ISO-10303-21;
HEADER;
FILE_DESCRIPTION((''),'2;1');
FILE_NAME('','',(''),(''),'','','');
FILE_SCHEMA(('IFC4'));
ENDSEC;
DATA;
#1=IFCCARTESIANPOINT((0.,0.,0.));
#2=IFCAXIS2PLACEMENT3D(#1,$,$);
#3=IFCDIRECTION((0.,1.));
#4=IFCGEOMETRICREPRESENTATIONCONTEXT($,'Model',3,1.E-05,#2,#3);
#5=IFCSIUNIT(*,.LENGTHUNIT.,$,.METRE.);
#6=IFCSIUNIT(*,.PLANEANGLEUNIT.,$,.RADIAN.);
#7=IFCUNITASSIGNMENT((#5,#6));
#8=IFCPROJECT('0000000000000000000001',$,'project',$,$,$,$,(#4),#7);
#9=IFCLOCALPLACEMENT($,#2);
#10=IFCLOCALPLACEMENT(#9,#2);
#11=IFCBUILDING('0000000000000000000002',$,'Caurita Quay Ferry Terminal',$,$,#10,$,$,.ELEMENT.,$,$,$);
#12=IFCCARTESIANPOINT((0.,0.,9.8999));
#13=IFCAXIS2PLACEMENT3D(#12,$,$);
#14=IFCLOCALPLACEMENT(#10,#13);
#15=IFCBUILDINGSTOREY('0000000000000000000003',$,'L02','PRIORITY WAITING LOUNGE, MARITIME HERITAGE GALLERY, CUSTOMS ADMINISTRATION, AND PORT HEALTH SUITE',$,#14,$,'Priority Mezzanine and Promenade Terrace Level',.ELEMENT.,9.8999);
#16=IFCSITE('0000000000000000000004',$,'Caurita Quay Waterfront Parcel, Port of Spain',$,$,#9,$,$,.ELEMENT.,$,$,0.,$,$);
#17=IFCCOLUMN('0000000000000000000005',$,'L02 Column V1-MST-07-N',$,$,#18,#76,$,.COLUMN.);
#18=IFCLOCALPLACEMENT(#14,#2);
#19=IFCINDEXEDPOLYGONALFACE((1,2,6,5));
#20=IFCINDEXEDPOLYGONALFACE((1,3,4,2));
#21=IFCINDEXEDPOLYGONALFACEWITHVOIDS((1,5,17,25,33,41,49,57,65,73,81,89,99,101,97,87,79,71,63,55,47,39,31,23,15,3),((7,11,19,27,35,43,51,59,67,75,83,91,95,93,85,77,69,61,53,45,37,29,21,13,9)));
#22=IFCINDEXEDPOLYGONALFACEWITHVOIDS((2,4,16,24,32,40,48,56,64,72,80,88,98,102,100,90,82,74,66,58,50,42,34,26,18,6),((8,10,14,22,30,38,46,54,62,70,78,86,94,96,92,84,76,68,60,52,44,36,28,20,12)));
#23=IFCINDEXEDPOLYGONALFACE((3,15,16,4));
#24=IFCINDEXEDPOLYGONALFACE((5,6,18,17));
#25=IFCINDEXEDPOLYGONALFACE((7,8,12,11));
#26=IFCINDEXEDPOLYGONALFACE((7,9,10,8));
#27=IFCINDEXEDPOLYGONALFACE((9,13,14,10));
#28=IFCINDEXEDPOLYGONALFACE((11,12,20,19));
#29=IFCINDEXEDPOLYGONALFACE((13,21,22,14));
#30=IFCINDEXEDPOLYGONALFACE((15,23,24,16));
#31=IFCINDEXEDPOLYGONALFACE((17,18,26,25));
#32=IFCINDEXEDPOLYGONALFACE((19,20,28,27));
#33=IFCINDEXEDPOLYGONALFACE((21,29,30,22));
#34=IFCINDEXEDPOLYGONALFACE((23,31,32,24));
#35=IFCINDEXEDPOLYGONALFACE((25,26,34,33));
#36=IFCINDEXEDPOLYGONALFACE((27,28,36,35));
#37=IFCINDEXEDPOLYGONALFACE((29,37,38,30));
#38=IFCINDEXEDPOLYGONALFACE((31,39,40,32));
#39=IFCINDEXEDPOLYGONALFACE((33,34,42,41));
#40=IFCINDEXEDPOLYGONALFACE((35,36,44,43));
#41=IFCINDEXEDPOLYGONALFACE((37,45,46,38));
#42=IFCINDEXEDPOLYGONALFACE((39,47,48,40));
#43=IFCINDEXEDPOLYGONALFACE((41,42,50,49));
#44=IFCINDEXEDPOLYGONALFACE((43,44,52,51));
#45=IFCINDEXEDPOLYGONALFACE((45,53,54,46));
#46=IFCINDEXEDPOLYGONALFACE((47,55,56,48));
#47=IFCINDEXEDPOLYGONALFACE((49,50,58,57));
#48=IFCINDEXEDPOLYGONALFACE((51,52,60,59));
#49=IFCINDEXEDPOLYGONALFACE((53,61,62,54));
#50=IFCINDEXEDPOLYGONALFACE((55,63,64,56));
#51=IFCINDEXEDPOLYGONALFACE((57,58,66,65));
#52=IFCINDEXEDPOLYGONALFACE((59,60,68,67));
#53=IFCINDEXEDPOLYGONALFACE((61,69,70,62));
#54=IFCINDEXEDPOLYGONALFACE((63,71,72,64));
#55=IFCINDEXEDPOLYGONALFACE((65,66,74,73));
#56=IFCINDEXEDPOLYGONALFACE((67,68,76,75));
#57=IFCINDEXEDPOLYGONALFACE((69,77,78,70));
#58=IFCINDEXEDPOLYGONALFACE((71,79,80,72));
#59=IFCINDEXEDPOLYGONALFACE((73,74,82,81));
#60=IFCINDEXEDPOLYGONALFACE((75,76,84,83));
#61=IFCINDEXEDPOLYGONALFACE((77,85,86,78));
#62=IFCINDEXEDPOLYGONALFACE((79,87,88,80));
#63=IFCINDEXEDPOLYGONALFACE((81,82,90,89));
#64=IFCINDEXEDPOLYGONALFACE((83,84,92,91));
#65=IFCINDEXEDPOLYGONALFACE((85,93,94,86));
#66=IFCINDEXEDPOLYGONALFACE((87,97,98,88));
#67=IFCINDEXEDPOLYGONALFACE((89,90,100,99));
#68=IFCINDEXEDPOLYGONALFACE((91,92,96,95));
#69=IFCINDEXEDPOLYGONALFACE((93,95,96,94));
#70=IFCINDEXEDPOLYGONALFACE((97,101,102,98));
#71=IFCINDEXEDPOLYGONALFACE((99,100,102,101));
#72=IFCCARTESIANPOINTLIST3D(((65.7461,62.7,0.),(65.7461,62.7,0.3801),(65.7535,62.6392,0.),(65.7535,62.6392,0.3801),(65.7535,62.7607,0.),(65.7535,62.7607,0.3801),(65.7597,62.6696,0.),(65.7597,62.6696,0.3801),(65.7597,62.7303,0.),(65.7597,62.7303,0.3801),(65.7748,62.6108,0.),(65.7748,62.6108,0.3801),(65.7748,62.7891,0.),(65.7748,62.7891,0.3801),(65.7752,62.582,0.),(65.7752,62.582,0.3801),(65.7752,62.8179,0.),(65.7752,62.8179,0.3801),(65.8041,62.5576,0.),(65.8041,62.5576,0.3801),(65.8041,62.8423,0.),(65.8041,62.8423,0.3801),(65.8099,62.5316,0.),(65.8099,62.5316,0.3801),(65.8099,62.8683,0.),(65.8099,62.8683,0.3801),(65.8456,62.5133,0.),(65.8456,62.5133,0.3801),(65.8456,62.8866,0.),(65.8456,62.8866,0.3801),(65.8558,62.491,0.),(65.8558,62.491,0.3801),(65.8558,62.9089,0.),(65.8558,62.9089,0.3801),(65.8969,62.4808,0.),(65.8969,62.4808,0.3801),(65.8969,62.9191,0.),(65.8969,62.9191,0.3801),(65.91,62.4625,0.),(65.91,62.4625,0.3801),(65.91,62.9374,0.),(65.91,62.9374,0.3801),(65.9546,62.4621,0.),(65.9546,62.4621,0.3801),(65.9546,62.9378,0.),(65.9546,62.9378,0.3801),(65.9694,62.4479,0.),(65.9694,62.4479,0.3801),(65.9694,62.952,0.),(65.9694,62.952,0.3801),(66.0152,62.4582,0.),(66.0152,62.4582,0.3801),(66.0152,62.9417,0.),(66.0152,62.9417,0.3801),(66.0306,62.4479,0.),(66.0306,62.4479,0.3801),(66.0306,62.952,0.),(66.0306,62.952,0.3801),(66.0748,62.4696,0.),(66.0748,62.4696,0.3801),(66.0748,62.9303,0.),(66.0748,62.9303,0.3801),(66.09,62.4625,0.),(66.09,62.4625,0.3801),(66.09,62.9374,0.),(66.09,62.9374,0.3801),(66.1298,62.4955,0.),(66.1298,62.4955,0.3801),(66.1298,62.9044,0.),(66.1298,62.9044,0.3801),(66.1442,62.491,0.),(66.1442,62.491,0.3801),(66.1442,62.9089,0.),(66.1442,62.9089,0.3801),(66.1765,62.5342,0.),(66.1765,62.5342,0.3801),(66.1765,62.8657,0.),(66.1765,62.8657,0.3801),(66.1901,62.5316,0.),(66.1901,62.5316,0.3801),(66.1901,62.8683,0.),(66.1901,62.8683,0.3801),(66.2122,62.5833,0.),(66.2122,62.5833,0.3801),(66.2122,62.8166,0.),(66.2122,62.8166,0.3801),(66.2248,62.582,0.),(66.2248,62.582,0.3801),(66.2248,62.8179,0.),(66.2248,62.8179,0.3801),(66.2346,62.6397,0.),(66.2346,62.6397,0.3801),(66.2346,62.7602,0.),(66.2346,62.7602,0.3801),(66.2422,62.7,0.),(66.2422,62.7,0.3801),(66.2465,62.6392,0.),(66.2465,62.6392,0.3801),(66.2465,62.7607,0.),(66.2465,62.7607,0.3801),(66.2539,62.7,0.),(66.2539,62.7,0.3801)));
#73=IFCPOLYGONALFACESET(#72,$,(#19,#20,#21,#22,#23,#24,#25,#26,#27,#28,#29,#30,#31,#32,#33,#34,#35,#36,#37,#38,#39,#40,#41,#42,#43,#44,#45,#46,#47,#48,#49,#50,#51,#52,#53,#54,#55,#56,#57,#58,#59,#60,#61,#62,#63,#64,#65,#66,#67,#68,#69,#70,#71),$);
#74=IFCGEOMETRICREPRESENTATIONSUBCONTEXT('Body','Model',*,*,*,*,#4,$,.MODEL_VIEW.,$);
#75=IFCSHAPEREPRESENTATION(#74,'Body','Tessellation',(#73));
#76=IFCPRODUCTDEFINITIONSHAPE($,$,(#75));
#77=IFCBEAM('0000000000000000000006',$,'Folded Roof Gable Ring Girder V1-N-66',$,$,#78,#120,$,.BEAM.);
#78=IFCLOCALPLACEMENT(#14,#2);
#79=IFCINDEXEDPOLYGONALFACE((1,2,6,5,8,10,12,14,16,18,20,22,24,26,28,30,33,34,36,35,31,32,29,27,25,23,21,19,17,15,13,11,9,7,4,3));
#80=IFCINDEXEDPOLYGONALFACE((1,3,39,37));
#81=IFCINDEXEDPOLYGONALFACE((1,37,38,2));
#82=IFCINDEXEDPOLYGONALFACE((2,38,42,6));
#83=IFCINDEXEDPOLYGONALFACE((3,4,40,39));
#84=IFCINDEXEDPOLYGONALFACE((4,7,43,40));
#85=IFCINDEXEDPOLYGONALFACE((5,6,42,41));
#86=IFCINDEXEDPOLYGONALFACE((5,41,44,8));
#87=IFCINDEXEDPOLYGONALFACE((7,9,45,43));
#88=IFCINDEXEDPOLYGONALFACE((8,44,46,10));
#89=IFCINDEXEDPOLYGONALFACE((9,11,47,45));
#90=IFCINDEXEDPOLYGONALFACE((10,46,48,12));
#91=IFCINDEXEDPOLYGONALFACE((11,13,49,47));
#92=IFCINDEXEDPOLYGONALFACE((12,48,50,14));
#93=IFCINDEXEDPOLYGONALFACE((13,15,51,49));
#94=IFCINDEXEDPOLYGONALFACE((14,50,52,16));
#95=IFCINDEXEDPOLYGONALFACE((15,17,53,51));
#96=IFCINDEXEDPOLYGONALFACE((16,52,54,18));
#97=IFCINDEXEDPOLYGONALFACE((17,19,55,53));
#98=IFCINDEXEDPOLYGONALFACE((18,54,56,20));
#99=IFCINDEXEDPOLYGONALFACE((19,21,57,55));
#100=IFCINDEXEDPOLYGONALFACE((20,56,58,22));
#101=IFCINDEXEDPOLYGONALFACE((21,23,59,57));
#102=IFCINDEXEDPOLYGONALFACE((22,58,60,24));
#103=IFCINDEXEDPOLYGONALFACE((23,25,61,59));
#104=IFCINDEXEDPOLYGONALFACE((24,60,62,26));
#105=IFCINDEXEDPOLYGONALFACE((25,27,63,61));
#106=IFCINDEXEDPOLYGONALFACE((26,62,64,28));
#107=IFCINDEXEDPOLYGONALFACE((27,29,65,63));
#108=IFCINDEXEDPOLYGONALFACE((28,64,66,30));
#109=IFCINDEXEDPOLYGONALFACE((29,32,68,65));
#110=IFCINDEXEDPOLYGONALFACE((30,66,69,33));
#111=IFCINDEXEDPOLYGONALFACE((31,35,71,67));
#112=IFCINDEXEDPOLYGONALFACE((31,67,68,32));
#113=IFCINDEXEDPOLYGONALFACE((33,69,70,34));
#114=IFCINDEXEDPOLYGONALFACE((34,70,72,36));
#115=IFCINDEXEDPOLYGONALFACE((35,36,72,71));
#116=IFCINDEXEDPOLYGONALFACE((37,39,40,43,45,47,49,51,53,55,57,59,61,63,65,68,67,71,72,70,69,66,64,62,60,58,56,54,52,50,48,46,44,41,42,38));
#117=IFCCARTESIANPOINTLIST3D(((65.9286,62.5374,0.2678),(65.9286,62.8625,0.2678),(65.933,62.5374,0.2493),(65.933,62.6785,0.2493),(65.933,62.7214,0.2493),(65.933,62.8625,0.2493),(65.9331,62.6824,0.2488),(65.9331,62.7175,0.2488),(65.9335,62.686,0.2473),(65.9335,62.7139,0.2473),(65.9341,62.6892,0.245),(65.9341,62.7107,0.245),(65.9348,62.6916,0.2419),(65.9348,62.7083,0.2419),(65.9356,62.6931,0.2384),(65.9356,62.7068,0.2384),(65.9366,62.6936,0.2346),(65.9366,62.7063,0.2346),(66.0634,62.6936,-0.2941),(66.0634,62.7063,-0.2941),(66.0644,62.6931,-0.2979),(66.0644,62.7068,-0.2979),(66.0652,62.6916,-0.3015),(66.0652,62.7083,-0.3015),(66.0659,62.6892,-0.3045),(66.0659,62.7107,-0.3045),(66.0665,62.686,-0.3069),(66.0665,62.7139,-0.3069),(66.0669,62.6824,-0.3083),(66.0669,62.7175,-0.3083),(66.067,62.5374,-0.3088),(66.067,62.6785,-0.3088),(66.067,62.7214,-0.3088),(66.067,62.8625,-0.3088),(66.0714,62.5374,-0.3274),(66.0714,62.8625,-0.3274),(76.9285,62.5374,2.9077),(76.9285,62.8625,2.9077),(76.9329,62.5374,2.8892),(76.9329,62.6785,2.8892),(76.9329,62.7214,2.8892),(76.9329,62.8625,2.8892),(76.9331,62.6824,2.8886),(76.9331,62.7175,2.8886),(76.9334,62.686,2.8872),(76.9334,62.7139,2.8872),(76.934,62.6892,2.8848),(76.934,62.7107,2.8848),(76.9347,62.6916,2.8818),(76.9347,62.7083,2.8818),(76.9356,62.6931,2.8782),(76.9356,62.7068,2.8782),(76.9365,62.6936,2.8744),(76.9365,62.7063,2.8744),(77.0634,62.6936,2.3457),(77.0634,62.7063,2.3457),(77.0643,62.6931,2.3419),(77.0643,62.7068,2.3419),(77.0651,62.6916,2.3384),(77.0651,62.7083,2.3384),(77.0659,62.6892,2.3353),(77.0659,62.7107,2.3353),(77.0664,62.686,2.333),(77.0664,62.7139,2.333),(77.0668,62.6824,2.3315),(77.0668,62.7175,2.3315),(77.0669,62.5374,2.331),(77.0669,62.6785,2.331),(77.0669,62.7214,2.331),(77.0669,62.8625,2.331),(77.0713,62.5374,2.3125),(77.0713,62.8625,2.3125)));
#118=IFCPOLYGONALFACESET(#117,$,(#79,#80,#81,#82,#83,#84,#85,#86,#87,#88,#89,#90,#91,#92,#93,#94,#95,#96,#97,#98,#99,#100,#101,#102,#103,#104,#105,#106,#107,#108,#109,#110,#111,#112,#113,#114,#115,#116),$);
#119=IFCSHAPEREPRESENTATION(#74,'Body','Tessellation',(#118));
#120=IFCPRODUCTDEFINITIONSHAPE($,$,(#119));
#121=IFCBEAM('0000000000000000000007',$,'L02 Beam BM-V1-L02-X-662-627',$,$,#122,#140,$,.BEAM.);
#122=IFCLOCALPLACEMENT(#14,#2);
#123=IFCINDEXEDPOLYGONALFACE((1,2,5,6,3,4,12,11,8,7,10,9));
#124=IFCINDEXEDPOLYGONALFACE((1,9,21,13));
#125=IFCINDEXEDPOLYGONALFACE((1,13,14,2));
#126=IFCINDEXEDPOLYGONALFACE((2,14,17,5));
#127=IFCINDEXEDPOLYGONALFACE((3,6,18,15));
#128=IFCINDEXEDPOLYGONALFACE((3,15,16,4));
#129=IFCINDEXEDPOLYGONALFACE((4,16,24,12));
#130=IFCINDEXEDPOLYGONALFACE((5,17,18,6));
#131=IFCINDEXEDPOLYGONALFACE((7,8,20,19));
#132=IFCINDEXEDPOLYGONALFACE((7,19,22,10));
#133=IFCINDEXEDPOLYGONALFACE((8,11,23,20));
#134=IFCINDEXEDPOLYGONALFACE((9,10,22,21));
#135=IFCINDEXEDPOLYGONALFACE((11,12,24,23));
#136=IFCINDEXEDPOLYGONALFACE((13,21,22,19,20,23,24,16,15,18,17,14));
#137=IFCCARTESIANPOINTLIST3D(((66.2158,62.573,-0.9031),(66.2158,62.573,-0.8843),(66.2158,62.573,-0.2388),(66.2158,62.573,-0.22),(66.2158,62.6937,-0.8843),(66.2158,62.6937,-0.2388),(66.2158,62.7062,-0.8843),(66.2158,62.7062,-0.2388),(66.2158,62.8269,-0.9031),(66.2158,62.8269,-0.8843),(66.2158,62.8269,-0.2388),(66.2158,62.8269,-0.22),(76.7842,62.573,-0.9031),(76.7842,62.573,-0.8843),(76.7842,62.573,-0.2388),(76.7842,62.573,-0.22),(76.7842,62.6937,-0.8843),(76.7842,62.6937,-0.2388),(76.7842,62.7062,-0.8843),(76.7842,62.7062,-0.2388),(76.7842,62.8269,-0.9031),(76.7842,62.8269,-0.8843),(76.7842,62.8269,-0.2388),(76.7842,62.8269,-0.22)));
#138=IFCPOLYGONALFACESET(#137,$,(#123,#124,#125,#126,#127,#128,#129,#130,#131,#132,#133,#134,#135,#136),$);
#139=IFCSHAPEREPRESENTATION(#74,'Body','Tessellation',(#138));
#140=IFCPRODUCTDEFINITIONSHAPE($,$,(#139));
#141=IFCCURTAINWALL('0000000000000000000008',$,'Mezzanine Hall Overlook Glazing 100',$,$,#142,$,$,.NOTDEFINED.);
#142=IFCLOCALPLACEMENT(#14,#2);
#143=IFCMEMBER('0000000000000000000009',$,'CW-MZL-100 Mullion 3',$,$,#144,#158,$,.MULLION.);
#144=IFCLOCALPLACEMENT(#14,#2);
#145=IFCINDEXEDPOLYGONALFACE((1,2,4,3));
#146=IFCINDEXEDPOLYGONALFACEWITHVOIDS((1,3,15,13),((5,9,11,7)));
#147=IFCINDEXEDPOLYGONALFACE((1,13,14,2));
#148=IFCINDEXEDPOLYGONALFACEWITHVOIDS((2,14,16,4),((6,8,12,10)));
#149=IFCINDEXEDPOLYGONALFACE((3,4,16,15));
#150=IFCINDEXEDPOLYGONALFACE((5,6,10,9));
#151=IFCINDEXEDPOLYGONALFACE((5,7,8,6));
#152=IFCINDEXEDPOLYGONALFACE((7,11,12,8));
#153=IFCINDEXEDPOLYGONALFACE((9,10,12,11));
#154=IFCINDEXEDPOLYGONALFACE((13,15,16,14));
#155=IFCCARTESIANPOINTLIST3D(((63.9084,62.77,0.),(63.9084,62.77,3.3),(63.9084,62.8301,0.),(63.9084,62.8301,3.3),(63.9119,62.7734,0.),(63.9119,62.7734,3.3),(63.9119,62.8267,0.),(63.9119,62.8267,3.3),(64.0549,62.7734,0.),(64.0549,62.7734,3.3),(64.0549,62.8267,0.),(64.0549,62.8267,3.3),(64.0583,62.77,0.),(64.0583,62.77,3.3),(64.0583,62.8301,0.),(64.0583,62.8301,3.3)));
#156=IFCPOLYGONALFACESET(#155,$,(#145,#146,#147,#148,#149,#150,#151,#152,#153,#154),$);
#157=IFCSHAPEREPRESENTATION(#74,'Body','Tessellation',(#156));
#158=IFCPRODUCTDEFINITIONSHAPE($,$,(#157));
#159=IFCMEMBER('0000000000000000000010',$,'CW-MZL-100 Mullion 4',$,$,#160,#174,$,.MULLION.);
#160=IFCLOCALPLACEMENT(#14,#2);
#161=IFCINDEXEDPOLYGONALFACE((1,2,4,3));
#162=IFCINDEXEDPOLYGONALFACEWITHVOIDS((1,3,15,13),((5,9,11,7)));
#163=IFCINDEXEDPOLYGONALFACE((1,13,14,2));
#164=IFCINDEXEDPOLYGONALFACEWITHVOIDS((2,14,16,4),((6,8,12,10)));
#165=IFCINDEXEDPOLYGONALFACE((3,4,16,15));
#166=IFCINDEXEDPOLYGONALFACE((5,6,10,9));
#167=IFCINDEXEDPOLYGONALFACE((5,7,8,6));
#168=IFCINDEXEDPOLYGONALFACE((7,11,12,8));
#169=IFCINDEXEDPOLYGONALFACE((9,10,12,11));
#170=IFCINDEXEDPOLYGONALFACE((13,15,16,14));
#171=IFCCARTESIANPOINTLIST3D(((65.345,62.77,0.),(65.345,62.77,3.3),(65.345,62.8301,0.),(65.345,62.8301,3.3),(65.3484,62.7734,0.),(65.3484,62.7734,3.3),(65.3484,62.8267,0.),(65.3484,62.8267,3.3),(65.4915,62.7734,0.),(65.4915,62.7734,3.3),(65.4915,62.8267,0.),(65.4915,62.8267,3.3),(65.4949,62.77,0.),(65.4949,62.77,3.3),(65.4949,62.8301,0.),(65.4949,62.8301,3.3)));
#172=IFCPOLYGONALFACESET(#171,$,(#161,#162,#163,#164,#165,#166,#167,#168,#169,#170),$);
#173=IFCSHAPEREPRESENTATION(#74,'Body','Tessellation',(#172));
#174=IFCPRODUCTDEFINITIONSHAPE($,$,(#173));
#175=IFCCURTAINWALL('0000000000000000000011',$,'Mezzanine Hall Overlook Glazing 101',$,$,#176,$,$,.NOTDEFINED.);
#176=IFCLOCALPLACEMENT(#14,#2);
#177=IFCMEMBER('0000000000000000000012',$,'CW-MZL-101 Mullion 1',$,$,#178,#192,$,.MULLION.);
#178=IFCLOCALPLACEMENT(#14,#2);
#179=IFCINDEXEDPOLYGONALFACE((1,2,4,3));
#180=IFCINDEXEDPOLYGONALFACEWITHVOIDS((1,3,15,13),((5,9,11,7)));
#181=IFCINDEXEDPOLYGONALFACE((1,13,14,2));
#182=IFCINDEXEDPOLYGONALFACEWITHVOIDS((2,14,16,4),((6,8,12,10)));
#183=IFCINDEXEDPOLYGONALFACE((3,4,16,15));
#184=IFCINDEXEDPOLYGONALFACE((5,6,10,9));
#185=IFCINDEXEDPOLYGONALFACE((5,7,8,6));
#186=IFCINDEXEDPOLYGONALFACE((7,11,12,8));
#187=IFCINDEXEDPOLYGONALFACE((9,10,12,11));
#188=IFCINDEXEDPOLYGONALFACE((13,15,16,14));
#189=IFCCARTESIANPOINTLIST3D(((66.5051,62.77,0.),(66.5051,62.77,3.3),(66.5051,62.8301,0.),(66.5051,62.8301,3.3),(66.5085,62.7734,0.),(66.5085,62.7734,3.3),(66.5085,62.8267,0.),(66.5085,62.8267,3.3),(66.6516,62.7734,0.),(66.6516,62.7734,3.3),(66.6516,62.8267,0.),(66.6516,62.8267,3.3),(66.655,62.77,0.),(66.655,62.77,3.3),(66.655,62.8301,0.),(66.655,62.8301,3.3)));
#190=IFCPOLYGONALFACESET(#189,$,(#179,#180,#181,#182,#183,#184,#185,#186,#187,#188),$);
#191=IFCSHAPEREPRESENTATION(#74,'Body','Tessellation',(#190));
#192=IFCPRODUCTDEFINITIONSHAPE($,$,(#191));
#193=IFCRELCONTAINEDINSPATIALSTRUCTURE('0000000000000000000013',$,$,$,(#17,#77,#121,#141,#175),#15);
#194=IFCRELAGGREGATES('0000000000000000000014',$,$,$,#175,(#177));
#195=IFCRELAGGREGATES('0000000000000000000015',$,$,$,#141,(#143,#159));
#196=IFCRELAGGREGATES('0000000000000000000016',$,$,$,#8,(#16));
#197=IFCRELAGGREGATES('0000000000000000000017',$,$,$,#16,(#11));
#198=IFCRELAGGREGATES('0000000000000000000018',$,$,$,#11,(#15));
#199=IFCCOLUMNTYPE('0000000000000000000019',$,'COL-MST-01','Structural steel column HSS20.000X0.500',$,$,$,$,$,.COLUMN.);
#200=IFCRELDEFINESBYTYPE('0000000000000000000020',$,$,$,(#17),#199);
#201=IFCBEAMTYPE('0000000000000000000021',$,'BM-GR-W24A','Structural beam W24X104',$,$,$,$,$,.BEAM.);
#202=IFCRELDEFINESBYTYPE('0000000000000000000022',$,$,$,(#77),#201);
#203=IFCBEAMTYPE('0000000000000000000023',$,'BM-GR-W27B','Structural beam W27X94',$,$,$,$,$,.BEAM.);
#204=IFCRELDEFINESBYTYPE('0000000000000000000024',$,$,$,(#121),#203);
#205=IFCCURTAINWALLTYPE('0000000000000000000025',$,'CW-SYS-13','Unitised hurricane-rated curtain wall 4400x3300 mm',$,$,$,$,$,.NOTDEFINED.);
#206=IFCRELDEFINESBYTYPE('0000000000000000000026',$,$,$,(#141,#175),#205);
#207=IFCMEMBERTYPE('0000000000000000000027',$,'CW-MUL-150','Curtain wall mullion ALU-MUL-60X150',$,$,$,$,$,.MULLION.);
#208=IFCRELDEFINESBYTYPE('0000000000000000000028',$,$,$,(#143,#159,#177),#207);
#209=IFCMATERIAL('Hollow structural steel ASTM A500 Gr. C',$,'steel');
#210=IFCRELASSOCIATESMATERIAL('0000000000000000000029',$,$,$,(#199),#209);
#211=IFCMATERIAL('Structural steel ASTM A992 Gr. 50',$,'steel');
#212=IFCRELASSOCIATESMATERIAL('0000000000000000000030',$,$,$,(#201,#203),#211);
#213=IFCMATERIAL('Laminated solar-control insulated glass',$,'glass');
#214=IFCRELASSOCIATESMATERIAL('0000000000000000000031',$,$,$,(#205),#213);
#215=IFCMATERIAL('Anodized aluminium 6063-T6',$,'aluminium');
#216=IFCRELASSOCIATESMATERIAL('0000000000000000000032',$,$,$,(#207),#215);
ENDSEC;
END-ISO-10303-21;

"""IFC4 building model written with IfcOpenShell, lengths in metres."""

from ifc_helpers import new_model, si_unit, direction, frame, origin, origin_2d, place, context, subcontext, project, spatial, hollow_rectangle, hollow_circle, i_section, extrude, material, material_profile, profile_set, type_object, element, aggregate, save


model = new_model("IFC4")

# Units and contexts
model_context = context("Model", 3, precision=1e-05, world=origin(), true_north=direction((0.0, 1.0)))
body_context = subcontext(model_context, "Body", "Model", "MODEL_VIEW")
ifc_project = project(units=[si_unit("LENGTHUNIT", "METRE"), si_unit("PLANEANGLEUNIT", "RADIAN")], contexts=[model_context])

# Site, building, storey
site_placement = place(None, origin())
site = spatial("IfcSite", under=ifc_project, at=site_placement, Name="Caurita Quay Waterfront Parcel, Port of Spain", CompositionType="ELEMENT", RefElevation=0.0)
building_placement = place(site_placement, origin())
building = spatial("IfcBuilding", under=site, at=building_placement, Name="Caurita Quay Ferry Terminal", CompositionType="ELEMENT")
storey_placement = place(building_placement, frame((0.0, 0.0, 9.8999)))
storey = spatial("IfcBuildingStorey", under=building, at=storey_placement, Name="L02", Description="PRIORITY WAITING LOUNGE, MARITIME HERITAGE GALLERY, CUSTOMS ADMINISTRATION, AND PORT HEALTH SUITE", LongName="Priority Mezzanine and Promenade Terrace Level", CompositionType="ELEMENT", Elevation=9.8999)

# Column
ifc_material_1 = material(Name="Hollow structural steel ASTM A500 Gr. C", Category="steel")
ifc_material_profile_1 = material_profile(ifc_material_1, hollow_circle(Radius=0.2539, WallThickness=0.0117, at=origin_2d()), Name="HSS20.000X0.500")
ifc_profile_set_1 = profile_set([ifc_material_profile_1], Name="Hollow structural steel ASTM A500 Gr. C")
column_type = type_object("IfcColumnType", Name="COL-MST-01", Description="Structural steel column HSS20.000X0.500", PredefinedType="COLUMN", material=ifc_profile_set_1)
column_placement = place(storey_placement, frame((66.0, 62.7, 0.0), z_axis=(0.0, 0.0, 1.0), x_axis=(1.0, 0.0, 0.0)))
element("IfcColumn", 1, at=column_placement, inside=storey, type_object=column_type, Name="L02 Column V1-MST-07-N", PredefinedType="COLUMN", context=body_context, shape_type="SweptSolid", body=[
    extrude(hollow_circle(Radius=0.2539, WallThickness=0.0117, at=origin_2d()), origin(), (0.0, 0.0, 1.0), 0.3801),
])

# Beams
ifc_material_2 = material(Name="Structural steel ASTM A992 Gr. 50", Category="steel")
ifc_material_profile_2 = material_profile(ifc_material_2, i_section(OverallWidth=0.3252, OverallDepth=0.6121, WebThickness=0.0127, FlangeThickness=0.019, FilletRadius=0.0151, at=origin_2d()), Name="W24X104")
ifc_profile_set_2 = profile_set([ifc_material_profile_2], Name="Structural steel ASTM A992 Gr. 50")
beam_type_1 = type_object("IfcBeamType", Name="BM-GR-W24A", Description="Structural beam W24X104", PredefinedType="BEAM", material=ifc_profile_set_2)
beam_1_placement = place(storey_placement, frame((66.0, 62.7, -0.0298), z_axis=(0.972389, 0.0, 0.233364), x_axis=(0.0, 1.0, 0.0)))
element("IfcBeam", 2, at=beam_1_placement, inside=storey, type_object=beam_type_1, Name="Folded Roof Gable Ring Girder V1-N-66", PredefinedType="BEAM", context=body_context, shape_type="SweptSolid", body=[
    extrude(i_section(OverallWidth=0.3252, OverallDepth=0.6121, WebThickness=0.0127, FlangeThickness=0.019, FilletRadius=0.0151, at=origin_2d()), origin(), (0.0, 0.0, 1.0), 11.3123),
])
ifc_material_profile_3 = material_profile(ifc_material_2, i_section(OverallWidth=0.2539, OverallDepth=0.6831, WebThickness=0.0125, FlangeThickness=0.0188, at=origin_2d()), Name="W27X94")
ifc_profile_set_3 = profile_set([ifc_material_profile_3], Name="Structural steel ASTM A992 Gr. 50")
beam_type_2 = type_object("IfcBeamType", Name="BM-GR-W27B", Description="Structural beam W27X94", PredefinedType="BEAM", material=ifc_profile_set_3)
beam_2_placement = place(storey_placement, frame((66.2158, 62.7, -0.5615), z_axis=(1.0, 0.0, 0.0), x_axis=(0.0, 1.0, 0.0)))
element("IfcBeam", 3, at=beam_2_placement, inside=storey, type_object=beam_type_2, Name="L02 Beam BM-V1-L02-X-662-627", PredefinedType="BEAM", context=body_context, shape_type="SweptSolid", body=[
    extrude(i_section(OverallWidth=0.2539, OverallDepth=0.6831, WebThickness=0.0125, FlangeThickness=0.0188, at=origin_2d()), origin(), (0.0, 0.0, 1.0), 10.5684),
])

# Curtain wall, members
ifc_material_3 = material(Name="Laminated solar-control insulated glass", Category="glass")
curtain_wall_type_1 = type_object("IfcCurtainWallType", Name="CW-SYS-13", Description="Unitised hurricane-rated curtain wall 4400x3300 mm", PredefinedType="NOTDEFINED", material=ifc_material_3)
curtain_wall_1_placement = place(storey_placement, origin())
curtain_wall_1 = element("IfcCurtainWall", 4, at=curtain_wall_1_placement, inside=storey, type_object=curtain_wall_type_1, Name="Mezzanine Hall Overlook Glazing 100", PredefinedType="NOTDEFINED")
ifc_material_4 = material(Name="Anodized aluminium 6063-T6", Category="aluminium")
ifc_material_profile_4 = material_profile(ifc_material_4, hollow_rectangle(XDim=0.0601, YDim=0.1499, WallThickness=0.0034, at=origin_2d()), Name="ALU-MUL-60X150")
ifc_profile_set_4 = profile_set([ifc_material_profile_4], Name="Anodized aluminium 6063-T6")
member_type_1 = type_object("IfcMemberType", Name="CW-MUL-150", Description="Curtain wall mullion ALU-MUL-60X150", PredefinedType="MULLION", material=ifc_profile_set_4)
member_1_placement = place(storey_placement, frame((63.9834, 62.8, 0.0), z_axis=(0.0, 0.0, 1.0), x_axis=(0.0, 1.0, 0.0)))
member_1 = element("IfcMember", 5, at=member_1_placement, type_object=member_type_1, Name="CW-MZL-100 Mullion 3", PredefinedType="MULLION", context=body_context, shape_type="SweptSolid", body=[
    extrude(hollow_rectangle(XDim=0.0601, YDim=0.1499, WallThickness=0.0034, at=origin_2d()), origin(), (0.0, 0.0, 1.0), 3.3),
])
member_2_placement = place(storey_placement, frame((65.4199, 62.8, 0.0), z_axis=(0.0, 0.0, 1.0), x_axis=(0.0, 1.0, 0.0)))
member_2 = element("IfcMember", 6, at=member_2_placement, type_object=member_type_1, Name="CW-MZL-100 Mullion 4", PredefinedType="MULLION", context=body_context, shape_type="SweptSolid", body=[
    extrude(hollow_rectangle(XDim=0.0601, YDim=0.1499, WallThickness=0.0034, at=origin_2d()), origin(), (0.0, 0.0, 1.0), 3.3),
])

# Curtain wall, member
curtain_wall_2_placement = place(storey_placement, origin())
curtain_wall_2 = element("IfcCurtainWall", 7, at=curtain_wall_2_placement, inside=storey, type_object=curtain_wall_type_1, Name="Mezzanine Hall Overlook Glazing 101", PredefinedType="NOTDEFINED")
member_3_placement = place(storey_placement, frame((66.5801, 62.8, 0.0), z_axis=(0.0, 0.0, 1.0), x_axis=(0.0, 1.0, 0.0)))
member_3 = element("IfcMember", 8, at=member_3_placement, type_object=member_type_1, Name="CW-MZL-101 Mullion 1", PredefinedType="MULLION", context=body_context, shape_type="SweptSolid", body=[
    extrude(hollow_rectangle(XDim=0.0601, YDim=0.1499, WallThickness=0.0034, at=origin_2d()), origin(), (0.0, 0.0, 1.0), 3.3),
])
aggregate(curtain_wall_2, [member_3])

aggregate(curtain_wall_1, [member_1, member_2])

save(model, "model.ifc")
